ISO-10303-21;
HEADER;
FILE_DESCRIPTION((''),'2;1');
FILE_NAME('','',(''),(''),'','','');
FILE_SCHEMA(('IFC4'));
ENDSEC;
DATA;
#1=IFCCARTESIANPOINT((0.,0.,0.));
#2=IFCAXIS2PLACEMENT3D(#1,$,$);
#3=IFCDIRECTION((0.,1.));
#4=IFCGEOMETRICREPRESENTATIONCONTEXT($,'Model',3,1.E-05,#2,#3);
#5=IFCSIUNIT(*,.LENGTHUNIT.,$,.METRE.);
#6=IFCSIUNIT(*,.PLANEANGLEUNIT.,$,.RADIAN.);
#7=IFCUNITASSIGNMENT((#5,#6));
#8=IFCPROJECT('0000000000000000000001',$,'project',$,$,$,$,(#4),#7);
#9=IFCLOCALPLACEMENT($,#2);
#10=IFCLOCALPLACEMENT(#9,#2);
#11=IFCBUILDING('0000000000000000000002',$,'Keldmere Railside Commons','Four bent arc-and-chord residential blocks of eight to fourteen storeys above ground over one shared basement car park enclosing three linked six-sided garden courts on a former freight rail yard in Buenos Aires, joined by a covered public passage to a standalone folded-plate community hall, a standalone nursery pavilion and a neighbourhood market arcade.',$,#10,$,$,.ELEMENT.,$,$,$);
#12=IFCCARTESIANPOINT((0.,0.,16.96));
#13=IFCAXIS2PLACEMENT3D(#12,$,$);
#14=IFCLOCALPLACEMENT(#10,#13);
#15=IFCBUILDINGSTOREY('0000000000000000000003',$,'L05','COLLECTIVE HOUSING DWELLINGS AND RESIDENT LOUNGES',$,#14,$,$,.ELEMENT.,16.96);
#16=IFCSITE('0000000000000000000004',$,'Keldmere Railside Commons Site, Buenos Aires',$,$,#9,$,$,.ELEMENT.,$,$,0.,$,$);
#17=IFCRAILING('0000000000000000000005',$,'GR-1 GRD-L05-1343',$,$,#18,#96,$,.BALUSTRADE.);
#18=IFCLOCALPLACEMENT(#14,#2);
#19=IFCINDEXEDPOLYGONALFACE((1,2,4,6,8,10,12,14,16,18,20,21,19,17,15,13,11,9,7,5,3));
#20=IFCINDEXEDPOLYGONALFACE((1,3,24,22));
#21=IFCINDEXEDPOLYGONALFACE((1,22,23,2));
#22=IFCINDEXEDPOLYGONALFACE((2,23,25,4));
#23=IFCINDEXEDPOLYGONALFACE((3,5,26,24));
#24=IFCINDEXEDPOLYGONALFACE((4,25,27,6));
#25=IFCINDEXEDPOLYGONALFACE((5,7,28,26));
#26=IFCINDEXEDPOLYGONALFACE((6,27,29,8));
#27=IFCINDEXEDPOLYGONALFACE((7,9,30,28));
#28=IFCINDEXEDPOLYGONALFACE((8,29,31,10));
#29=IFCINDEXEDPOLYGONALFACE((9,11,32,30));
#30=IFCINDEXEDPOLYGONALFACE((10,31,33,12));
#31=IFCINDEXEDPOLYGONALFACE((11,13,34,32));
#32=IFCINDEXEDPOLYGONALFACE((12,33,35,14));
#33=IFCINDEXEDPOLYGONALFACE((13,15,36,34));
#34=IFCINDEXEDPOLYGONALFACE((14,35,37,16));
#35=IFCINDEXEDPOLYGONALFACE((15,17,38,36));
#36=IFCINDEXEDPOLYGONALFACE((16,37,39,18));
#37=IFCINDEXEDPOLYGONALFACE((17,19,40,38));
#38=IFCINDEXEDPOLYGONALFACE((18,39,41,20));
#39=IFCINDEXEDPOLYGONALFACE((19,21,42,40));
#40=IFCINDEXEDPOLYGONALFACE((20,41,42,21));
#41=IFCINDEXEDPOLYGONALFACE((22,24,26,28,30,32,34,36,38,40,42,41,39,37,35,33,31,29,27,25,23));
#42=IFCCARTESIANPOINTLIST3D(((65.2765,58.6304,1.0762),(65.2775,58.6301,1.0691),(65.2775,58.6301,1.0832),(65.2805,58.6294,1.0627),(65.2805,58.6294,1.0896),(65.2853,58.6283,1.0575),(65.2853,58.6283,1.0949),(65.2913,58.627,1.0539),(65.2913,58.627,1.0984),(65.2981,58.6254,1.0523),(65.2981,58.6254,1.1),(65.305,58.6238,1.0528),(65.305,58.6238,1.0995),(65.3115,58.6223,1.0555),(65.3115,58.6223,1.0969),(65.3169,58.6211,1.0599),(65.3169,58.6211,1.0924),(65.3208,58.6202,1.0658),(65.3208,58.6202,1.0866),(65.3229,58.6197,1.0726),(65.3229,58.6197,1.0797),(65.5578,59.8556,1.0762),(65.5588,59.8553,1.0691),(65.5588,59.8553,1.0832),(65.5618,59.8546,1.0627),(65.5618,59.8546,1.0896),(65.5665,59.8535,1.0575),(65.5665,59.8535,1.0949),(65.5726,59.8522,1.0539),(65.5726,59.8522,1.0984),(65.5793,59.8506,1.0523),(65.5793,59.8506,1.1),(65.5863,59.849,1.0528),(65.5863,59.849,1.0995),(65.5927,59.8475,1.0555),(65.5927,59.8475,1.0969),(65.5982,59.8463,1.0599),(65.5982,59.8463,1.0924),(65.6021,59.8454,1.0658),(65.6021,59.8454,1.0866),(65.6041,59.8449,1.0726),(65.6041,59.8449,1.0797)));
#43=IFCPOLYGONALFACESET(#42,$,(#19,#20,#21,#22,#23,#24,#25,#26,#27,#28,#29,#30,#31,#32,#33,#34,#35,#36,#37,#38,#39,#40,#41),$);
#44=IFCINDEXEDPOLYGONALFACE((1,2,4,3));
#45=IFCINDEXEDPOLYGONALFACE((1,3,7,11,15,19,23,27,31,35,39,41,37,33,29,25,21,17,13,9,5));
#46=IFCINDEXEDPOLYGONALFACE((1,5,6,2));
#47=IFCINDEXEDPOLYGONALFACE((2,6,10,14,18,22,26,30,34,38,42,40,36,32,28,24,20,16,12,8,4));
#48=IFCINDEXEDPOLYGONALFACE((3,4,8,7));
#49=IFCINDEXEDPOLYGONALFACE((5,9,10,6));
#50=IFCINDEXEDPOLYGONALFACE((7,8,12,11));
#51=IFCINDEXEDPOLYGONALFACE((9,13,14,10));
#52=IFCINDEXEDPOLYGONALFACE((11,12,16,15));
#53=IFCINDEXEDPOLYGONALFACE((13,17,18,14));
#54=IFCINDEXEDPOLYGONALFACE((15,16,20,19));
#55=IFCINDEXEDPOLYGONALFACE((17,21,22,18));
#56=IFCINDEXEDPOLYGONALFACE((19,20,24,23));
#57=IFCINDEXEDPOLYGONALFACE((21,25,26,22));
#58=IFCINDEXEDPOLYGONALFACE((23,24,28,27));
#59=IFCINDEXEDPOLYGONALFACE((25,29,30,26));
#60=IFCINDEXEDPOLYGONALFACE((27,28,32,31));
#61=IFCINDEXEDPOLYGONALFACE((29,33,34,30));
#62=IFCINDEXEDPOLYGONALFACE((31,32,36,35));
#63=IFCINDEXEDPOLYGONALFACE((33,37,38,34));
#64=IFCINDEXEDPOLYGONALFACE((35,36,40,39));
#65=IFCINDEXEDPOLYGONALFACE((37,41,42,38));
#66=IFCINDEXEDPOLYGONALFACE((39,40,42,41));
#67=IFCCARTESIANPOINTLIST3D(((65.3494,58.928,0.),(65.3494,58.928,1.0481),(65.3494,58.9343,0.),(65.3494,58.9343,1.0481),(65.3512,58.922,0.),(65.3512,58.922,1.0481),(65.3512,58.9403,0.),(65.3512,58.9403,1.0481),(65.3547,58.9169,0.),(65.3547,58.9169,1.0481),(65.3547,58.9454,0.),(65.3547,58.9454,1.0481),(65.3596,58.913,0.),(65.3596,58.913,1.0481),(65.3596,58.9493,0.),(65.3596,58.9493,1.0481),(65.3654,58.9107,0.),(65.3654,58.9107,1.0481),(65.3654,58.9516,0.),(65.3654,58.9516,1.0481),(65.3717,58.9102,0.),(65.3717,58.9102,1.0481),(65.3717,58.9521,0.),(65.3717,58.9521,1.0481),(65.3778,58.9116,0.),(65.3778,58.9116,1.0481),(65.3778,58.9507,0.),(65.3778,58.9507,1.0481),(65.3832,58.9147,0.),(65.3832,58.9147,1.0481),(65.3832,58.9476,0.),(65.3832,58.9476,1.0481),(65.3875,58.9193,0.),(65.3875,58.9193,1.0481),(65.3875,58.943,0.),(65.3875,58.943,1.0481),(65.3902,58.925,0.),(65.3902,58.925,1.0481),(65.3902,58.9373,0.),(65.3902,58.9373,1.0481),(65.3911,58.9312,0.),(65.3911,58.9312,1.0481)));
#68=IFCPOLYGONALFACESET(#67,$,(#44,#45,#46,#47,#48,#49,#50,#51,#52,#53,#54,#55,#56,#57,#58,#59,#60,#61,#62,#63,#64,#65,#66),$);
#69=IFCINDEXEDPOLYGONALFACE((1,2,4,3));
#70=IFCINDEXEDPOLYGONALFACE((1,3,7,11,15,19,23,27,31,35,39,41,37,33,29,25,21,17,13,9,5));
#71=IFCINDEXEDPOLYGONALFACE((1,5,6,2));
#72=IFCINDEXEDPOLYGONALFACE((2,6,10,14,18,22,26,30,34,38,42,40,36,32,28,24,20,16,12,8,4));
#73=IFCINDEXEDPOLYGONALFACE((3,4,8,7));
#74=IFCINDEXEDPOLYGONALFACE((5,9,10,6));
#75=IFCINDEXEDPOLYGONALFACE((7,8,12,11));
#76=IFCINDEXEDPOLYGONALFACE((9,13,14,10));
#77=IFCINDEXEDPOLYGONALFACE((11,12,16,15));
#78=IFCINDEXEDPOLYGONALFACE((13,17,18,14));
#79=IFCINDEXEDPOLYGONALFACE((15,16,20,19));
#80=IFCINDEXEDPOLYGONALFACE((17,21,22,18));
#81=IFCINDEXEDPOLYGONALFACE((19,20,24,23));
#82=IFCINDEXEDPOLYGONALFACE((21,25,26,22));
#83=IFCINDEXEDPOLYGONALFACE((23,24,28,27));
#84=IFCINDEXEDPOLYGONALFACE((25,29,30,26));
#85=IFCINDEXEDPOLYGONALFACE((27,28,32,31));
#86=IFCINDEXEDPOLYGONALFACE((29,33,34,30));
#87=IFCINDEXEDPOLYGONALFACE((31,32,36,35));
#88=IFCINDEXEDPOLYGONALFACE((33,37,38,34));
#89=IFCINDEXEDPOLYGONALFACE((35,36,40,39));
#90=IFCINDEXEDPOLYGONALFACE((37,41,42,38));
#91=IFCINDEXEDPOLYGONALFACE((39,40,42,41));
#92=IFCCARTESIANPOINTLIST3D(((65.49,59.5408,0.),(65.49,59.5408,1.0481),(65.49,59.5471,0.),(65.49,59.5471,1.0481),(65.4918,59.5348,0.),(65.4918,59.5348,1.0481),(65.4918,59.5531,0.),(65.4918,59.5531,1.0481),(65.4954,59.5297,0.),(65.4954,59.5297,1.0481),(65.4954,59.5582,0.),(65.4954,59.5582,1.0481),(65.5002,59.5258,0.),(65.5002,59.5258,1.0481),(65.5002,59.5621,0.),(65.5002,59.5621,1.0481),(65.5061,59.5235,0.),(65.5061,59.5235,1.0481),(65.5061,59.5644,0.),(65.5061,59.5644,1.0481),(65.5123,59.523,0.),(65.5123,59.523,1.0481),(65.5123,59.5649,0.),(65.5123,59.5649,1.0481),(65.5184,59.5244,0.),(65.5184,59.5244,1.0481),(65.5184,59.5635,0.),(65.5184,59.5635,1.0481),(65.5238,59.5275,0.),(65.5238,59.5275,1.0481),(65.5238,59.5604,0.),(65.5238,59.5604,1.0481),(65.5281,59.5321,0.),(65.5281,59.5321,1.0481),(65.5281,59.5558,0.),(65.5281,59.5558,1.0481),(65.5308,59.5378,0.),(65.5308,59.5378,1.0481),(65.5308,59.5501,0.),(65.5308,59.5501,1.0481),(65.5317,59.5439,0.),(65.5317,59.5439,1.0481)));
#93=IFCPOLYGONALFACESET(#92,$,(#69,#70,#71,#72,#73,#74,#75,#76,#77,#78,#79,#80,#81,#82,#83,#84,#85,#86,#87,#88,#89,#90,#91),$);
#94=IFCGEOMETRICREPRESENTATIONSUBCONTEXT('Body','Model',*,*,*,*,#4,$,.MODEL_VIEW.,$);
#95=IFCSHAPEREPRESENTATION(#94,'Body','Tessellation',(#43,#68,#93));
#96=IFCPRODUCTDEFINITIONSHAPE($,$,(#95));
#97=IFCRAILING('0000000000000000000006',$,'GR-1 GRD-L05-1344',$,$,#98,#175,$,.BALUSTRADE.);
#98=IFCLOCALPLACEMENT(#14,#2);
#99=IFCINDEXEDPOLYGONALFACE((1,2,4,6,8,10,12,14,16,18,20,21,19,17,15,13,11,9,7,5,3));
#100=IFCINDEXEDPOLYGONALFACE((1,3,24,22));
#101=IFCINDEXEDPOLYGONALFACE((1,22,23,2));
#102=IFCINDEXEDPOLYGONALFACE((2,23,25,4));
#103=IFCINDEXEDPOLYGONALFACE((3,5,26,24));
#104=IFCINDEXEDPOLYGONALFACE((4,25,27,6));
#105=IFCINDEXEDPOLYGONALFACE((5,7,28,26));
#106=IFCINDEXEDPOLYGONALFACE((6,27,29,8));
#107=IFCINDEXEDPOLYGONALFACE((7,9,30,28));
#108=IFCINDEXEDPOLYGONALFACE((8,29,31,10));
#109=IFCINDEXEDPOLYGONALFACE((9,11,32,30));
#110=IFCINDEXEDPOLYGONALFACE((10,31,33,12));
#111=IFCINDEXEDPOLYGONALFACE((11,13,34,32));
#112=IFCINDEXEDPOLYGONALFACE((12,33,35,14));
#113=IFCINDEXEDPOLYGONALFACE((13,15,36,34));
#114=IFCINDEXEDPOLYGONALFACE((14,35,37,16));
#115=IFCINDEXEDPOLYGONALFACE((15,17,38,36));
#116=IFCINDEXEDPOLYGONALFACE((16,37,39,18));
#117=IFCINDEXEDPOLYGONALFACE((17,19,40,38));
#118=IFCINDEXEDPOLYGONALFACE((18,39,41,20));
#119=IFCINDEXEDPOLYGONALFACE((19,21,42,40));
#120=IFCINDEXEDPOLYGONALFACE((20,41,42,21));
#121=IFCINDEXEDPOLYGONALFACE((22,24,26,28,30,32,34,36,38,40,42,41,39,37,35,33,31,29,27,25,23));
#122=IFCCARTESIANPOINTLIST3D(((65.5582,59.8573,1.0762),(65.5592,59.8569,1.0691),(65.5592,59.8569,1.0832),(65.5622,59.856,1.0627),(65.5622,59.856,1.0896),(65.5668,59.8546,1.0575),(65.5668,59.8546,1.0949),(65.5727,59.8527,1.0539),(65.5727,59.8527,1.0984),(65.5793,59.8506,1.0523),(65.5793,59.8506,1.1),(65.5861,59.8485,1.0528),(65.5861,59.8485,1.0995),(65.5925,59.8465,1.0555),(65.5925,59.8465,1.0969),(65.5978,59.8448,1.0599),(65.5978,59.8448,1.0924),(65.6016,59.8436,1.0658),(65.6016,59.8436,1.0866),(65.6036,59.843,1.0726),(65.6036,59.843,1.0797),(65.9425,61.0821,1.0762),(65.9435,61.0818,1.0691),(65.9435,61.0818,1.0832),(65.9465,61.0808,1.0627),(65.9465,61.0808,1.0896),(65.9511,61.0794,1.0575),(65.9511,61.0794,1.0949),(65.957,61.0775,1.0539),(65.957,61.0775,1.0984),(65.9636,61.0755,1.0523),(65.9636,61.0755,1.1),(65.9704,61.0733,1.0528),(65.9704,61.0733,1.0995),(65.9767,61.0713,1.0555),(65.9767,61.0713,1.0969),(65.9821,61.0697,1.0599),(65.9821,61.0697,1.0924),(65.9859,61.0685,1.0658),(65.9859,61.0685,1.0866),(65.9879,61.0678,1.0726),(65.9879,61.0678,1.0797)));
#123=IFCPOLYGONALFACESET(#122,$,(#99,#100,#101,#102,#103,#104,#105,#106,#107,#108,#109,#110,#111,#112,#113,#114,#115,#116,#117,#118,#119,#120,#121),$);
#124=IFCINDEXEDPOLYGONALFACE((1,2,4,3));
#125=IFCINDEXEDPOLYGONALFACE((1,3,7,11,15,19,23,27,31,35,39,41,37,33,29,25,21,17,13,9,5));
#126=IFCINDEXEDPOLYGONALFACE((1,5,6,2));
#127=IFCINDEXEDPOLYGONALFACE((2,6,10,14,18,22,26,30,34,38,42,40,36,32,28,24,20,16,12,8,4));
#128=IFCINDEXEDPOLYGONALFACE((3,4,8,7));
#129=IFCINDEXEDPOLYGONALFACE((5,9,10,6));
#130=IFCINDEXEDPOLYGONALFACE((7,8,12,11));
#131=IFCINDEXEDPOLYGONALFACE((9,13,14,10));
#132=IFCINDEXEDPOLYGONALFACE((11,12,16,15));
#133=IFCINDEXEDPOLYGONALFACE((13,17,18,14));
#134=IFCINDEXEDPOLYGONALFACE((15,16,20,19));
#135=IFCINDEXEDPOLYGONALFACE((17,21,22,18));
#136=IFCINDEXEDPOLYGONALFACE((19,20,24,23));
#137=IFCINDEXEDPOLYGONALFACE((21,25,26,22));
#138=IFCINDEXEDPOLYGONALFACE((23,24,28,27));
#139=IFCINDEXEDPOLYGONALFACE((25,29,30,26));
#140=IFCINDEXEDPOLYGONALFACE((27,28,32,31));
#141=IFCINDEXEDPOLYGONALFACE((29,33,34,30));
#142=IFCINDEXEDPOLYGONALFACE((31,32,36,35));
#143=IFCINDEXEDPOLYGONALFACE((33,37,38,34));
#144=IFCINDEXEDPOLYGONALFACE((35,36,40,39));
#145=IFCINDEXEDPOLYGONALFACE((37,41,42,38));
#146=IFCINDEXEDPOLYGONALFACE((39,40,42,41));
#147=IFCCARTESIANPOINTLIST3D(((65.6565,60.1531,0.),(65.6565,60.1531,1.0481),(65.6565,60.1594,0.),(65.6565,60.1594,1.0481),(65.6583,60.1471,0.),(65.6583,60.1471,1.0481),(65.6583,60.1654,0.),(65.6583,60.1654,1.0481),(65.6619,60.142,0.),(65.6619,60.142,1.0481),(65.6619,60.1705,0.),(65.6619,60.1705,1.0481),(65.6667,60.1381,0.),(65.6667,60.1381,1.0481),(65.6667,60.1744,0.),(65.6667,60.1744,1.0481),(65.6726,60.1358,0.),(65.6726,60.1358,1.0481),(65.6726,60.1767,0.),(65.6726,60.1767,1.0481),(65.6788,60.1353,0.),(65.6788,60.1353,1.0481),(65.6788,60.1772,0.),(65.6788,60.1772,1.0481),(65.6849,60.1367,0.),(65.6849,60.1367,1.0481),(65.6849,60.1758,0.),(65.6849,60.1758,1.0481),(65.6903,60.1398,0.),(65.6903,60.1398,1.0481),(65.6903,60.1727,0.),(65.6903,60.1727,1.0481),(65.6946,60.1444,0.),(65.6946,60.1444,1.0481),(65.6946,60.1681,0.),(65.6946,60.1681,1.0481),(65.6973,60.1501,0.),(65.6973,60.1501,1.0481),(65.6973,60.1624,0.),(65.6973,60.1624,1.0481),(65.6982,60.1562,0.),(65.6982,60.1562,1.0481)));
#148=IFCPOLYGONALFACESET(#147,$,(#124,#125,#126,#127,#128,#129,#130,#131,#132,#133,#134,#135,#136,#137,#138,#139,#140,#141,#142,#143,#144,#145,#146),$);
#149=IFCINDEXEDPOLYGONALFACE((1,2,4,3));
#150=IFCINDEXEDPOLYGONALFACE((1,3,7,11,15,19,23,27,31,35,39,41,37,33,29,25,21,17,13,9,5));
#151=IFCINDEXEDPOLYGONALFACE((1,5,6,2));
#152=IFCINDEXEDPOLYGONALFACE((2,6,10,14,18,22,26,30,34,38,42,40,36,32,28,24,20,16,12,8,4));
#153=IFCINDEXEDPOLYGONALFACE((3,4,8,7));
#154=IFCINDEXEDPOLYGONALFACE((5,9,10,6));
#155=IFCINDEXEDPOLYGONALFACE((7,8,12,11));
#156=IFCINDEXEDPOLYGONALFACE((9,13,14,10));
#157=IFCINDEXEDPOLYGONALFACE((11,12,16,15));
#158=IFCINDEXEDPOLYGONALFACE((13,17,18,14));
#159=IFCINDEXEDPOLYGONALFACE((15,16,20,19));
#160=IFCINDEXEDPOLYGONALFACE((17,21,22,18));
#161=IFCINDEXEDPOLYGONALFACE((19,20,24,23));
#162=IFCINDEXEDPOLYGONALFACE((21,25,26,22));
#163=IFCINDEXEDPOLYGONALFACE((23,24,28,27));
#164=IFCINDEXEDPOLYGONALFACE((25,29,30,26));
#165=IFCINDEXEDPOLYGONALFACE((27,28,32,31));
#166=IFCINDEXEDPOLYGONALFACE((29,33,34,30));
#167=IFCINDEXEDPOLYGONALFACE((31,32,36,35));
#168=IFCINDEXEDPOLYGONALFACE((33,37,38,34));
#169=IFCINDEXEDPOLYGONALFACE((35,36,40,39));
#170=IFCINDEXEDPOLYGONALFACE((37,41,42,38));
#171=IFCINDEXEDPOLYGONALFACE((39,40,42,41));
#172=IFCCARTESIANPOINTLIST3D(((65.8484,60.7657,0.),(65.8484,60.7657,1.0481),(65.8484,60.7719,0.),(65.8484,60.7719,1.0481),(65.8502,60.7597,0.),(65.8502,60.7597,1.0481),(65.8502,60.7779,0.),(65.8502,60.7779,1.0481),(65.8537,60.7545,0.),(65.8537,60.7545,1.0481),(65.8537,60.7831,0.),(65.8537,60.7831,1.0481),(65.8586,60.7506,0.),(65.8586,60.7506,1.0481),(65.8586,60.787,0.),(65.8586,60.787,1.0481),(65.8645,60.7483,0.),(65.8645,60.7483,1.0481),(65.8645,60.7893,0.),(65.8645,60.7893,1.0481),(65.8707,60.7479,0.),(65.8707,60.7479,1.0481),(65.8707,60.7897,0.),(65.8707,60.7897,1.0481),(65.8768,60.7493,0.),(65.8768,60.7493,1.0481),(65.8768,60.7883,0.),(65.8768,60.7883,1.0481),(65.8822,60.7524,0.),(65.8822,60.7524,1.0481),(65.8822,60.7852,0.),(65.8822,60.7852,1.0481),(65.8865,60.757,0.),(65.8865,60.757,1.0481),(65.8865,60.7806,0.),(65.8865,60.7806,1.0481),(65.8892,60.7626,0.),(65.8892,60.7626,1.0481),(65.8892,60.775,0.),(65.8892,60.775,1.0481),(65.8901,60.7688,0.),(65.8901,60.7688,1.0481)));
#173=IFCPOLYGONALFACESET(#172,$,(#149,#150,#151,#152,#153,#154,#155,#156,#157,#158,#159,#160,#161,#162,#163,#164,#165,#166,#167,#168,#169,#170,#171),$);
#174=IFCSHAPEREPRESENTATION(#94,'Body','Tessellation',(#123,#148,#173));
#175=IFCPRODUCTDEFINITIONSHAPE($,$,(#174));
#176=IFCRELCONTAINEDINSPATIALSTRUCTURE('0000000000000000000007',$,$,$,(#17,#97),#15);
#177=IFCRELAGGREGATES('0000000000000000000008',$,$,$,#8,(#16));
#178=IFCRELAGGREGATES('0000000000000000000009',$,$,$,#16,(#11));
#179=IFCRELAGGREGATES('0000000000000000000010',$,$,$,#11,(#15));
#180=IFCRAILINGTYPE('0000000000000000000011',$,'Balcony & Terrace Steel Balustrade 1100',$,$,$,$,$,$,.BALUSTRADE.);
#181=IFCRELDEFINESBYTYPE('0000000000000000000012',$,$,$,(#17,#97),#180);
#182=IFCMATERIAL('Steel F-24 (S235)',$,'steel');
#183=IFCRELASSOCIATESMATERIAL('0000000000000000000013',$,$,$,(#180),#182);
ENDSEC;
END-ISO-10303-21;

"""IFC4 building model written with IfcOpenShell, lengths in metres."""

from ifc_helpers import new_model, si_unit, direction, frame, origin, origin_2d, place, context, subcontext, project, spatial, circle, extrude, material, type_object, element, save


model = new_model("IFC4")

# Units and contexts
model_context = context("Model", 3, precision=1e-05, world=origin(), true_north=direction((0.0, 1.0)))
body_context = subcontext(model_context, "Body", "Model", "MODEL_VIEW")
ifc_project = project(units=[si_unit("LENGTHUNIT", "METRE"), si_unit("PLANEANGLEUNIT", "RADIAN")], contexts=[model_context])

# Site, building, storey
site_placement = place(None, origin())
site = spatial("IfcSite", under=ifc_project, at=site_placement, Name="Keldmere Railside Commons Site, Buenos Aires", CompositionType="ELEMENT", RefElevation=0.0)
building_placement = place(site_placement, origin())
building = spatial("IfcBuilding", under=site, at=building_placement, Name="Keldmere Railside Commons", Description="Four bent arc-and-chord residential blocks of eight to fourteen storeys above ground over one shared basement car park enclosing three linked six-sided garden courts on a former freight rail yard in Buenos Aires, joined by a covered public passage to a standalone folded-plate community hall, a standalone nursery pavilion and a neighbourhood market arcade.", CompositionType="ELEMENT")
storey_placement = place(building_placement, frame((0.0, 0.0, 16.96)))
storey = spatial("IfcBuildingStorey", under=building, at=storey_placement, Name="L05", Description="COLLECTIVE HOUSING DWELLINGS AND RESIDENT LOUNGES", CompositionType="ELEMENT", Elevation=16.96)

# Railings
ifc_material_1 = material(Name="Steel F-24 (S235)", Category="steel")
railing_type = type_object("IfcRailingType", Name="Balcony & Terrace Steel Balustrade 1100", PredefinedType="BALUSTRADE", material=ifc_material_1)
railing_1_placement = place(storey_placement, frame((65.2998, 58.625, 0.0)))
element("IfcRailing", 1, at=railing_1_placement, inside=storey, type_object=railing_type, Name="GR-1 GRD-L05-1343", PredefinedType="BALUSTRADE", context=body_context, shape_type="SweptSolid", body=[
    extrude(circle(Radius=0.0239, at=origin_2d()), frame((0.0, 0.0, 1.0762), z_axis=(0.223753, 0.974646, 0.0), x_axis=(-0.974646, 0.223753, 0.0)), (0.0, 0.0, 1.0), 1.2571),
    extrude(circle(Radius=0.021, at=origin_2d()), frame((0.0703, 0.3062, 0.0)), (0.0, 0.0, 1.0), 1.0481),
    extrude(circle(Radius=0.021, at=origin_2d()), frame((0.2109, 0.9189, 0.0)), (0.0, 0.0, 1.0), 1.0481),
])
railing_2_placement = place(storey_placement, frame((65.5811, 59.8501, 0.0)))
element("IfcRailing", 2, at=railing_2_placement, inside=storey, type_object=railing_type, Name="GR-1 GRD-L05-1344", PredefinedType="BALUSTRADE", context=body_context, shape_type="SweptSolid", body=[
    extrude(circle(Radius=0.0239, at=origin_2d()), frame((0.0, 0.0, 1.0762), z_axis=(0.299347, 0.954144, 0.0), x_axis=(-0.954144, 0.299347, 0.0)), (0.0, 0.0, 1.0), 1.2837),
    extrude(circle(Radius=0.021, at=origin_2d()), frame((0.0962, 0.3062, 0.0)), (0.0, 0.0, 1.0), 1.0481),
    extrude(circle(Radius=0.021, at=origin_2d()), frame((0.2881, 0.9187, 0.0)), (0.0, 0.0, 1.0), 1.0481),
])

save(model, "model.ifc")
